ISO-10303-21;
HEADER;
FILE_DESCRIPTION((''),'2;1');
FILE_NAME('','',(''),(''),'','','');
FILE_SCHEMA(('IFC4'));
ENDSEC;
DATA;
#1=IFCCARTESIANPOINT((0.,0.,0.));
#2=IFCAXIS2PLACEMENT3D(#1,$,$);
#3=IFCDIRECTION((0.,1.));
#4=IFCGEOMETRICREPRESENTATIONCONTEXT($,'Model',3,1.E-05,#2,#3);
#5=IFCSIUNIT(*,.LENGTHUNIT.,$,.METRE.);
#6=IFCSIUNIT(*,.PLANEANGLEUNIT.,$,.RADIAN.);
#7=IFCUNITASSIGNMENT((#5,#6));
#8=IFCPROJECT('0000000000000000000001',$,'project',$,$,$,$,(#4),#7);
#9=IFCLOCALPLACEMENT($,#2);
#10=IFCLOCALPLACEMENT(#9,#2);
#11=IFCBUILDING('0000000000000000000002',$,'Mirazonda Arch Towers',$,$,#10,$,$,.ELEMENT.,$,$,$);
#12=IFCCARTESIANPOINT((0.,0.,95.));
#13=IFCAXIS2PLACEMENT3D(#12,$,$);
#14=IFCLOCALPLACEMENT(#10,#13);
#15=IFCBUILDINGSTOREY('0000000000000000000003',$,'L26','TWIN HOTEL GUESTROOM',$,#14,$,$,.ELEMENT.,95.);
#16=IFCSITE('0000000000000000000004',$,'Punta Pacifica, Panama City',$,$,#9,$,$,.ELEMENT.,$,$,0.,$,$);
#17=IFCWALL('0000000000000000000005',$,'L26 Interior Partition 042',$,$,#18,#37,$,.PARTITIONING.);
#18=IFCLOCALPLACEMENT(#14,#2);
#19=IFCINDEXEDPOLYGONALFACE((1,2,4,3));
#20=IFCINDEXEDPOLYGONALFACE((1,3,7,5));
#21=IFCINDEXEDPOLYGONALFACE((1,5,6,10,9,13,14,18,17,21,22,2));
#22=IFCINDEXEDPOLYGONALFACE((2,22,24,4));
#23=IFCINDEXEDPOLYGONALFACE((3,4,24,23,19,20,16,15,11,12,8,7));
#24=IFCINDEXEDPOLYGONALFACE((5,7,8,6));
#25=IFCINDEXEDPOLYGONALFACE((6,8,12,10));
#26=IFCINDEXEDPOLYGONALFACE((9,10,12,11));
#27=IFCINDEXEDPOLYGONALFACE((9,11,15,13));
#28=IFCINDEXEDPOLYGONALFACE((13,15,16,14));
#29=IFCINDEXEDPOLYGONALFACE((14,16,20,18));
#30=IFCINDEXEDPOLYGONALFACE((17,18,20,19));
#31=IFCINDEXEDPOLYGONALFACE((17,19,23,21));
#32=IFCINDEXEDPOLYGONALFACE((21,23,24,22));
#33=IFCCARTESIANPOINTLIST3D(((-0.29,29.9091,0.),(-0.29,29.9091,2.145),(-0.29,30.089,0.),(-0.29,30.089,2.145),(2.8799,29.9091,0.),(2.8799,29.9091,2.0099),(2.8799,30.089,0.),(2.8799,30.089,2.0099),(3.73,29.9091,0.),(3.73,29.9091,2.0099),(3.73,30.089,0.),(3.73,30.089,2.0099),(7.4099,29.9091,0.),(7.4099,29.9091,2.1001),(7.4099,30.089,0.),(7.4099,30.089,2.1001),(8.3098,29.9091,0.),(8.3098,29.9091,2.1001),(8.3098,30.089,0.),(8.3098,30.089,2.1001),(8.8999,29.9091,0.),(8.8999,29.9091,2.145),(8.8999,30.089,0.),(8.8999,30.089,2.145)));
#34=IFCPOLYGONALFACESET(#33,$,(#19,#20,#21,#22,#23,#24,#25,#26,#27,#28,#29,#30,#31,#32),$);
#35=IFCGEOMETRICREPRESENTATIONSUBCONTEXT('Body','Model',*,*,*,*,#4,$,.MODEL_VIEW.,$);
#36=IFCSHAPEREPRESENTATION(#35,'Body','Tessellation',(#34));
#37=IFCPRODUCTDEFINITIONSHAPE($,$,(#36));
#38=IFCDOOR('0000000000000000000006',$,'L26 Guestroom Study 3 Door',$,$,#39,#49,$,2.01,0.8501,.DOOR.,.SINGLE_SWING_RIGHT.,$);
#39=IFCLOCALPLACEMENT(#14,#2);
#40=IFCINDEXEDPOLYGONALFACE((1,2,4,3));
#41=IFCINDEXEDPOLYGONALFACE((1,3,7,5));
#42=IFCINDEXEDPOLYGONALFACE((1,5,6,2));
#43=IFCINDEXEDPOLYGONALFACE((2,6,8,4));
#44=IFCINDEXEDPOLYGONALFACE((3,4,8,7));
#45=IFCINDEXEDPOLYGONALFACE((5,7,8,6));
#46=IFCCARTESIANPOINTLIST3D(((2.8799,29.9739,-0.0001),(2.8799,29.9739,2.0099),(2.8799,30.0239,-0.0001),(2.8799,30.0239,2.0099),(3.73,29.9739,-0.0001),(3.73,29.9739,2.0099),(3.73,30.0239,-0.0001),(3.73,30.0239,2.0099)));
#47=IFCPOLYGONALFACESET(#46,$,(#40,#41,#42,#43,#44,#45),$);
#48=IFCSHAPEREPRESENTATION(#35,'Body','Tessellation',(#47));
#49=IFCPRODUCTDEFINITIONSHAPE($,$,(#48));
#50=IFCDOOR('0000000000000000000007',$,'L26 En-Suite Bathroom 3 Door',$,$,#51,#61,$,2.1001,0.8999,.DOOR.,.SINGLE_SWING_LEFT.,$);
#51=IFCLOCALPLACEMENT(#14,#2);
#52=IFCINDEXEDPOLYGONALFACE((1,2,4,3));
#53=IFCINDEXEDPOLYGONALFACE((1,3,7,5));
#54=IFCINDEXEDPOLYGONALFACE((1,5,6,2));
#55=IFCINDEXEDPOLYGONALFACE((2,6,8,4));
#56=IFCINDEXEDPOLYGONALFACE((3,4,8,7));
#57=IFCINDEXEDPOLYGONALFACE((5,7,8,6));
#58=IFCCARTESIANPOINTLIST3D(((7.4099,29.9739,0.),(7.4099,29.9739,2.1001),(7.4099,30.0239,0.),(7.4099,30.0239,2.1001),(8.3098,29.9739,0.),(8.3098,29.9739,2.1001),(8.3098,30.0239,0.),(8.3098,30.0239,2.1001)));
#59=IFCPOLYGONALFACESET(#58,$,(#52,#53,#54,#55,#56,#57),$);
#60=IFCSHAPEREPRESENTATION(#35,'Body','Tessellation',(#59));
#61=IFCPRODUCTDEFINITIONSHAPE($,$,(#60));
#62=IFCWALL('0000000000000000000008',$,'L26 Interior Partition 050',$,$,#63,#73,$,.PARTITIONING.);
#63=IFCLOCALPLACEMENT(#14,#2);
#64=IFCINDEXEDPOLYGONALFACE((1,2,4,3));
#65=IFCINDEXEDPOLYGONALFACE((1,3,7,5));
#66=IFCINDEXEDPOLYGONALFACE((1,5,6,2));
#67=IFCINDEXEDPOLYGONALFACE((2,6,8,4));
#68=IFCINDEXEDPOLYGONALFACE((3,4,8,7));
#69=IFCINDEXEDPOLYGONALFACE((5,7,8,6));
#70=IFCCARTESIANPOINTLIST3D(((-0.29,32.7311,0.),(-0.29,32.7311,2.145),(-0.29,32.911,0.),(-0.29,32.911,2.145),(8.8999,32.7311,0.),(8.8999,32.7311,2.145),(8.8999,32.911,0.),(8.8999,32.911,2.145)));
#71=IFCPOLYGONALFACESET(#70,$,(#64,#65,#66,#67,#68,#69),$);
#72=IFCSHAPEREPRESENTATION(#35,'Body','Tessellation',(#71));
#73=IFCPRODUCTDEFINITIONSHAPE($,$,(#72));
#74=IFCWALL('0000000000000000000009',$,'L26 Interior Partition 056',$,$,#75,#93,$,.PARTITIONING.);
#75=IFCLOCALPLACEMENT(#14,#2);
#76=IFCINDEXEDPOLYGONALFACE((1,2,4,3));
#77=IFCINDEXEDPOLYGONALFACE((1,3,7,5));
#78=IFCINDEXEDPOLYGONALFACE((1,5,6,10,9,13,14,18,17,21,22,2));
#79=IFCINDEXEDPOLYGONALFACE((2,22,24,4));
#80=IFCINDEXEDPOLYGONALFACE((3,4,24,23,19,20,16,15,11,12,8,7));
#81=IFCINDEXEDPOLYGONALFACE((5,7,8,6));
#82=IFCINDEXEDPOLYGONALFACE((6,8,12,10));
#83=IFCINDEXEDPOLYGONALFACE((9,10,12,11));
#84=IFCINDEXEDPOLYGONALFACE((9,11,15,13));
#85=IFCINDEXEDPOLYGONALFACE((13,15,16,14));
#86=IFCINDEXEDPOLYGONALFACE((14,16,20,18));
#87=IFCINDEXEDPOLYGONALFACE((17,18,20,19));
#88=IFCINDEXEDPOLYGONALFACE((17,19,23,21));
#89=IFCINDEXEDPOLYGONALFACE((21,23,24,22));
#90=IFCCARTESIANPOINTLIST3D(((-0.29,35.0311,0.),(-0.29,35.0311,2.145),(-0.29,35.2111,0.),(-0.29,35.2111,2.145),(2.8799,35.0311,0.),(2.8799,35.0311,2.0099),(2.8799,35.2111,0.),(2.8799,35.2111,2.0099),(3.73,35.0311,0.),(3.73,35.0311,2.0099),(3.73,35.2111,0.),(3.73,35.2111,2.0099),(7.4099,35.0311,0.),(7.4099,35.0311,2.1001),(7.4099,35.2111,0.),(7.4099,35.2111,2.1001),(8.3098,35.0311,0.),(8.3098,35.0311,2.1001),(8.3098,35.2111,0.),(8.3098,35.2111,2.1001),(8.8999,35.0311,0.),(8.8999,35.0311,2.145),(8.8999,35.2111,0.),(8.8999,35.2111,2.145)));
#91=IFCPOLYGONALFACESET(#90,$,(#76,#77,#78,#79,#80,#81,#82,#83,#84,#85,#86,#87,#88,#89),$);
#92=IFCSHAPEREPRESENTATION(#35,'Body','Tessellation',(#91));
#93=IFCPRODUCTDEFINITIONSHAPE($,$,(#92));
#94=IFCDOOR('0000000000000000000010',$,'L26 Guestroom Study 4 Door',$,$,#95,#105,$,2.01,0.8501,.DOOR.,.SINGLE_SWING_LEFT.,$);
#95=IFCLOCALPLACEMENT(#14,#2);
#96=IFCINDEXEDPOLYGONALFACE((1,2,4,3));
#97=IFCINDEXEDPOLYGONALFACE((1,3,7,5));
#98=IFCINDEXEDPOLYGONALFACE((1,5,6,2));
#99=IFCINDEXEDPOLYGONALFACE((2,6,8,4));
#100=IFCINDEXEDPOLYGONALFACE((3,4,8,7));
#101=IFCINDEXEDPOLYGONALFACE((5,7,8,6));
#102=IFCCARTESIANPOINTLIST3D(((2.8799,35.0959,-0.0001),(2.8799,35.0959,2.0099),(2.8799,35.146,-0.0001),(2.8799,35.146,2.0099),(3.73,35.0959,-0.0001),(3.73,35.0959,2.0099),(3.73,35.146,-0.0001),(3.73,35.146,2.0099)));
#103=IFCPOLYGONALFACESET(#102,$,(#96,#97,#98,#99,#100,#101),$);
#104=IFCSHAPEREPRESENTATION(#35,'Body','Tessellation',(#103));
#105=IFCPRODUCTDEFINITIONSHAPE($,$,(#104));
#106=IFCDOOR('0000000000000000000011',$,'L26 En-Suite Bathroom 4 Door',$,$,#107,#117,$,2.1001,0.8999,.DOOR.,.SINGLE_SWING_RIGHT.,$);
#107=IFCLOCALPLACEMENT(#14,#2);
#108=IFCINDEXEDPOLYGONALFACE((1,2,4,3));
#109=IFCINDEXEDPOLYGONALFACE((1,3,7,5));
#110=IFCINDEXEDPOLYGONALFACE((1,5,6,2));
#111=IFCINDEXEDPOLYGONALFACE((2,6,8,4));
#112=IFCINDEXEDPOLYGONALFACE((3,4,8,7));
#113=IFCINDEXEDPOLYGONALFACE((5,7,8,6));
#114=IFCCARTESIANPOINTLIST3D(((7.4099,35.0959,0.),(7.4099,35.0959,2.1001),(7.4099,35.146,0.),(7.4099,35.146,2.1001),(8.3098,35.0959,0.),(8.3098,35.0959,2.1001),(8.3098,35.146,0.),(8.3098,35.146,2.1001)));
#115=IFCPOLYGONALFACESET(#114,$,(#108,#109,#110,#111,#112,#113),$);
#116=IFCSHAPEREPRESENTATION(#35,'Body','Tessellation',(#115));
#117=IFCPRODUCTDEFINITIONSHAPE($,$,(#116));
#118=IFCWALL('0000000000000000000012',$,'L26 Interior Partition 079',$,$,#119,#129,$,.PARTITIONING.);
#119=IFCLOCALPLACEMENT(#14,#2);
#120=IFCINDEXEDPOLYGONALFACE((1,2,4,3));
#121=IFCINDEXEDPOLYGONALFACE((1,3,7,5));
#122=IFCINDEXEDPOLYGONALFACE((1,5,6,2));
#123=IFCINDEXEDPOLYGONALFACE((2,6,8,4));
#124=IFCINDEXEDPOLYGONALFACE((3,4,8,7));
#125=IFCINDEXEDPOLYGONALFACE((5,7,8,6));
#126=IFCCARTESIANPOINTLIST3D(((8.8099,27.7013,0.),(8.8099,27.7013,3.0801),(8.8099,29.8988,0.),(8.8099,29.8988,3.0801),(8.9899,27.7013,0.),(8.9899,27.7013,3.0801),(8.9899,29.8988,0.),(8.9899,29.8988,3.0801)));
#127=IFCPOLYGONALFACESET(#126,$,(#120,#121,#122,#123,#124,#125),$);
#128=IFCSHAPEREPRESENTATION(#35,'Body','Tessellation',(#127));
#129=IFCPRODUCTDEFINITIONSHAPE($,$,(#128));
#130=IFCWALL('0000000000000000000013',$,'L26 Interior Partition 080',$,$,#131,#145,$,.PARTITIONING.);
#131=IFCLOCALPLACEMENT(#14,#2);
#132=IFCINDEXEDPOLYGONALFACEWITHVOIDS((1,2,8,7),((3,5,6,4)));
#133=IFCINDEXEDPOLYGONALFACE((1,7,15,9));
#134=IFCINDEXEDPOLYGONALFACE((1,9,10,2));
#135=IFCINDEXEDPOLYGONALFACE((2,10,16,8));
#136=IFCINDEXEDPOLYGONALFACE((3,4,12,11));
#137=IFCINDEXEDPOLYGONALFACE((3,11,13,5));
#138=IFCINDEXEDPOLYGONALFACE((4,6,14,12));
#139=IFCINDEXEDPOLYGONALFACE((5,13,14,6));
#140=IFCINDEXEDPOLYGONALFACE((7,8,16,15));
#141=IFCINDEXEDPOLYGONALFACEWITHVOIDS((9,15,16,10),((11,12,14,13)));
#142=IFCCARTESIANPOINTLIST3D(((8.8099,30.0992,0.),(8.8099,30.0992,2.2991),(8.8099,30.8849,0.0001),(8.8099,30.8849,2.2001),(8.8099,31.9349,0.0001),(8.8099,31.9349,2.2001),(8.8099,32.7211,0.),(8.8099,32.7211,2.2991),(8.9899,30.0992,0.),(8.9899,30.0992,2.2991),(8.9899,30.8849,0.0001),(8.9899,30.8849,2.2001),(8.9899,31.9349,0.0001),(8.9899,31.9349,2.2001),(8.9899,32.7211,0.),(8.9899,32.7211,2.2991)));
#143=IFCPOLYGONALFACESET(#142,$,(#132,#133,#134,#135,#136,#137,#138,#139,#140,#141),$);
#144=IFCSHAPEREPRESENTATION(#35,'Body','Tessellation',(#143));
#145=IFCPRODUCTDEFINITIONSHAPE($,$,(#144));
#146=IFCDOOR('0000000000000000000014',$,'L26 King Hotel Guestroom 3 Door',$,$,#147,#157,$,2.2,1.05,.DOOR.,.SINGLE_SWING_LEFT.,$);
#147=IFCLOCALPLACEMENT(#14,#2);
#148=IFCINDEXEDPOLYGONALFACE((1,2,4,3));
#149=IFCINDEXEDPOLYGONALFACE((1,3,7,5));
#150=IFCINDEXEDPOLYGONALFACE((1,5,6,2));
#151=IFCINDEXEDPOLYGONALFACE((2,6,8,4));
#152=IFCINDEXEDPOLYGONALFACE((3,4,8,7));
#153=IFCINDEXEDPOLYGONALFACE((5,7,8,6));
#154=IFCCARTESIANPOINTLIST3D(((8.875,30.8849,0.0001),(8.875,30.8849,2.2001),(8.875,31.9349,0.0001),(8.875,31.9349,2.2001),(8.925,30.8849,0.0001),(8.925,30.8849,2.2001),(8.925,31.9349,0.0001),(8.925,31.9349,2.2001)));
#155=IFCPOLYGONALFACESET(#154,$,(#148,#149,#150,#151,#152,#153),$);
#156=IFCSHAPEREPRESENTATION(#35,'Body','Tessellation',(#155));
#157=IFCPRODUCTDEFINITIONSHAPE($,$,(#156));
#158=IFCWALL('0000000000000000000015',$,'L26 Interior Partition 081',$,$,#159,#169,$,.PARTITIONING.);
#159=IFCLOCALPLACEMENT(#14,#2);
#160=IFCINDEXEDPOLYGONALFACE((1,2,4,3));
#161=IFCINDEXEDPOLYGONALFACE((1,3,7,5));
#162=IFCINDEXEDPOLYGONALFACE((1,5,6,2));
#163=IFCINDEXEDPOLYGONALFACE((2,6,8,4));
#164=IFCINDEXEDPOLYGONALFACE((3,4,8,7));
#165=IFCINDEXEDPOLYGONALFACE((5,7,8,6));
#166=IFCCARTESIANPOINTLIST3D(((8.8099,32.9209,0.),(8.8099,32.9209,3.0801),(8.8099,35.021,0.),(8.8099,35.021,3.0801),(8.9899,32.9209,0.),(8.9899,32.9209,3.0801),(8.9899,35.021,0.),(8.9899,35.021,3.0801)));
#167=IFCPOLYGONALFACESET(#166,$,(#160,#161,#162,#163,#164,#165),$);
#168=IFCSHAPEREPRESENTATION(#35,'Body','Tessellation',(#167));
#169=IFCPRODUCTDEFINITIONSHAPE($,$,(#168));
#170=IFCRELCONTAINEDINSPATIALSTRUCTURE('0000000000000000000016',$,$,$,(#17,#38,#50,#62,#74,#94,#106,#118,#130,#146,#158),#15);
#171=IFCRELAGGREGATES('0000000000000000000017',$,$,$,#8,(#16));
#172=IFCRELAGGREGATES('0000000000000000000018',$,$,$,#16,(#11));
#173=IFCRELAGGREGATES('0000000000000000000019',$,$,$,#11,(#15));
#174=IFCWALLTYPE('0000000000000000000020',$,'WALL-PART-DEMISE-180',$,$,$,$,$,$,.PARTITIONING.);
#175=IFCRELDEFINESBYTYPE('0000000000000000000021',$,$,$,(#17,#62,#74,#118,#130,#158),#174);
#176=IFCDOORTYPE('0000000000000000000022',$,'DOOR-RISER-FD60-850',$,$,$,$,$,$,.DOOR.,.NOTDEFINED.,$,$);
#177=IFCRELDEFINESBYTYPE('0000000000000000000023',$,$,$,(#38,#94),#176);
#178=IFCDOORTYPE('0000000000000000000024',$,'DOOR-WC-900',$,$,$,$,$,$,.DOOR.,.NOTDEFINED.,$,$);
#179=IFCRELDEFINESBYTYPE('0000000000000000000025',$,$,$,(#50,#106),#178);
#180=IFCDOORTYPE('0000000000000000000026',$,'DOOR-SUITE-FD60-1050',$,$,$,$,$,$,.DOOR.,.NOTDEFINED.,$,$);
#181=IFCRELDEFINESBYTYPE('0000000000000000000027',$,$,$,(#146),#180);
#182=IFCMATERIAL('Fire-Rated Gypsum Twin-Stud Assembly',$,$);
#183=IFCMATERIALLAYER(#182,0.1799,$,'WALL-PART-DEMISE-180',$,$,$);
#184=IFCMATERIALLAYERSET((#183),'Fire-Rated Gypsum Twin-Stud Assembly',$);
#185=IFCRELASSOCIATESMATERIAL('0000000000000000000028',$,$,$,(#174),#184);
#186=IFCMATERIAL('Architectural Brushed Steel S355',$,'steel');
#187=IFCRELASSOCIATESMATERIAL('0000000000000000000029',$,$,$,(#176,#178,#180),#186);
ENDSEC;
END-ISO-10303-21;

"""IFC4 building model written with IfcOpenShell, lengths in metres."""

from ifc_helpers import new_model, si_unit, direction, frame, frame_2d, origin, place, context, subcontext, project, spatial, rectangle, extrude, material, layer, layer_set, type_object, element, fill, save


model = new_model("IFC4")

# Units and contexts
model_context = context("Model", 3, precision=1e-05, world=origin(), true_north=direction((0.0, 1.0)))
body_context = subcontext(model_context, "Body", "Model", "MODEL_VIEW")
ifc_project = project(units=[si_unit("LENGTHUNIT", "METRE"), si_unit("PLANEANGLEUNIT", "RADIAN")], contexts=[model_context])

# Site, building, storey
site_placement = place(None, origin())
site = spatial("IfcSite", under=ifc_project, at=site_placement, Name="Punta Pacifica, Panama City", CompositionType="ELEMENT", RefElevation=0.0)
building_placement = place(site_placement, origin())
building = spatial("IfcBuilding", under=site, at=building_placement, Name="Mirazonda Arch Towers", CompositionType="ELEMENT")
storey_placement = place(building_placement, frame((0.0, 0.0, 95.0)))
storey = spatial("IfcBuildingStorey", under=building, at=storey_placement, Name="L26", Description="TWIN HOTEL GUESTROOM", CompositionType="ELEMENT", Elevation=95.0)

# Wall, openings, doors
ifc_material_1 = material(Name="Fire-Rated Gypsum Twin-Stud Assembly")
ifc_layer_1 = layer(ifc_material_1, 0.1799, Name="WALL-PART-DEMISE-180")
ifc_layer_set_1 = layer_set([ifc_layer_1], Name="Fire-Rated Gypsum Twin-Stud Assembly")
wall_type_1 = type_object("IfcWallType", Name="WALL-PART-DEMISE-180", PredefinedType="PARTITIONING", material=ifc_layer_set_1)
wall_1_placement = place(storey_placement, frame((-0.29, 29.999, 0.0), z_axis=(0.0, 0.0, 1.0), x_axis=(1.0, 0.0, 0.0)))
wall_1 = element("IfcWall", 1, at=wall_1_placement, inside=storey, type_object=wall_type_1, Name="L26 Interior Partition 042", PredefinedType="PARTITIONING", context=body_context, shape_type="SweptSolid", body=[
    extrude(rectangle(XDim=9.1899, YDim=0.1799, at=frame_2d((4.595, 0.0))), origin(), (0.0, 0.0, 1.0), 2.145),
])
opening_1_placement = place(wall_1_placement, frame((3.1699, 0.0, 0.0)))
opening_1 = element("IfcOpeningElement", 2, at=opening_1_placement, cuts=wall_1, PredefinedType="OPENING", context=body_context, shape_type="SweptSolid", body=[
    extrude(rectangle(XDim=0.8501, YDim=2.01, at=frame_2d((0.425, 1.0049))), frame((0.0, 0.0999, 0.0), z_axis=(0.0, -1.0, 0.0), x_axis=(1.0, 0.0, 0.0)), (0.0, 0.0, 1.0), 0.2),
])
opening_2_placement = place(wall_1_placement, frame((7.7, 0.0, 0.0)))
opening_2 = element("IfcOpeningElement", 3, at=opening_2_placement, cuts=wall_1, PredefinedType="OPENING", context=body_context, shape_type="SweptSolid", body=[
    extrude(rectangle(XDim=0.8999, YDim=2.1001, at=frame_2d((0.45, 1.05))), frame((0.0, 0.0999, 0.0), z_axis=(0.0, -1.0, 0.0), x_axis=(1.0, 0.0, 0.0)), (0.0, 0.0, 1.0), 0.2),
])
ifc_material_2 = material(Name="Architectural Brushed Steel S355", Category="steel")
door_type_1 = type_object("IfcDoorType", Name="DOOR-RISER-FD60-850", OperationType="NOTDEFINED", PredefinedType="DOOR", material=ifc_material_2)
door_1_placement = place(opening_1_placement, origin())
door_1 = element("IfcDoor", 4, at=door_1_placement, inside=storey, type_object=door_type_1, Name="L26 Guestroom Study 3 Door", OperationType="SINGLE_SWING_RIGHT", OverallHeight=2.01, OverallWidth=0.8501, PredefinedType="DOOR", context=body_context, shape_type="SweptSolid", body=[
    extrude(rectangle(XDim=0.8501, YDim=2.01, at=frame_2d((0.425, 1.0049))), frame((0.0, 0.0249, 0.0), z_axis=(0.0, -1.0, 0.0), x_axis=(1.0, 0.0, 0.0)), (0.0, 0.0, 1.0), 0.05),
])
fill(opening_1, door_1)
door_type_2 = type_object("IfcDoorType", Name="DOOR-WC-900", OperationType="NOTDEFINED", PredefinedType="DOOR", material=ifc_material_2)
door_2_placement = place(opening_2_placement, origin())
door_2 = element("IfcDoor", 5, at=door_2_placement, inside=storey, type_object=door_type_2, Name="L26 En-Suite Bathroom 3 Door", OperationType="SINGLE_SWING_LEFT", OverallHeight=2.1001, OverallWidth=0.8999, PredefinedType="DOOR", context=body_context, shape_type="SweptSolid", body=[
    extrude(rectangle(XDim=0.8999, YDim=2.1001, at=frame_2d((0.45, 1.05))), frame((0.0, 0.0249, 0.0), z_axis=(0.0, -1.0, 0.0), x_axis=(1.0, 0.0, 0.0)), (0.0, 0.0, 1.0), 0.05),
])
fill(opening_2, door_2)

# Wall
wall_2_placement = place(storey_placement, frame((-0.29, 32.821, 0.0), z_axis=(0.0, 0.0, 1.0), x_axis=(1.0, 0.0, 0.0)))
element("IfcWall", 6, at=wall_2_placement, inside=storey, type_object=wall_type_1, Name="L26 Interior Partition 050", PredefinedType="PARTITIONING", context=body_context, shape_type="SweptSolid", body=[
    extrude(rectangle(XDim=9.1899, YDim=0.1799, at=frame_2d((4.595, 0.0))), origin(), (0.0, 0.0, 1.0), 2.145),
])

# Wall, openings, doors
wall_3_placement = place(storey_placement, frame((-0.29, 35.1211, 0.0), z_axis=(0.0, 0.0, 1.0), x_axis=(1.0, 0.0, 0.0)))
wall_3 = element("IfcWall", 7, at=wall_3_placement, inside=storey, type_object=wall_type_1, Name="L26 Interior Partition 056", PredefinedType="PARTITIONING", context=body_context, shape_type="SweptSolid", body=[
    extrude(rectangle(XDim=9.1899, YDim=0.1799, at=frame_2d((4.595, 0.0))), origin(), (0.0, 0.0, 1.0), 2.145),
])
opening_3_placement = place(wall_3_placement, frame((3.1699, 0.0, 0.0)))
opening_3 = element("IfcOpeningElement", 8, at=opening_3_placement, cuts=wall_3, PredefinedType="OPENING", context=body_context, shape_type="SweptSolid", body=[
    extrude(rectangle(XDim=0.8501, YDim=2.01, at=frame_2d((0.425, 1.0049))), frame((0.0, 0.0999, 0.0), z_axis=(0.0, -1.0, 0.0), x_axis=(1.0, 0.0, 0.0)), (0.0, 0.0, 1.0), 0.2),
])
opening_4_placement = place(wall_3_placement, frame((7.7, 0.0, 0.0)))
opening_4 = element("IfcOpeningElement", 9, at=opening_4_placement, cuts=wall_3, PredefinedType="OPENING", context=body_context, shape_type="SweptSolid", body=[
    extrude(rectangle(XDim=0.8999, YDim=2.1001, at=frame_2d((0.45, 1.05))), frame((0.0, 0.0999, 0.0), z_axis=(0.0, -1.0, 0.0), x_axis=(1.0, 0.0, 0.0)), (0.0, 0.0, 1.0), 0.2),
])
door_3_placement = place(opening_3_placement, origin())
door_3 = element("IfcDoor", 10, at=door_3_placement, inside=storey, type_object=door_type_1, Name="L26 Guestroom Study 4 Door", OperationType="SINGLE_SWING_LEFT", OverallHeight=2.01, OverallWidth=0.8501, PredefinedType="DOOR", context=body_context, shape_type="SweptSolid", body=[
    extrude(rectangle(XDim=0.8501, YDim=2.01, at=frame_2d((0.425, 1.0049))), frame((0.0, 0.0249, 0.0), z_axis=(0.0, -1.0, 0.0), x_axis=(1.0, 0.0, 0.0)), (0.0, 0.0, 1.0), 0.05),
])
fill(opening_3, door_3)
door_4_placement = place(opening_4_placement, origin())
door_4 = element("IfcDoor", 11, at=door_4_placement, inside=storey, type_object=door_type_2, Name="L26 En-Suite Bathroom 4 Door", OperationType="SINGLE_SWING_RIGHT", OverallHeight=2.1001, OverallWidth=0.8999, PredefinedType="DOOR", context=body_context, shape_type="SweptSolid", body=[
    extrude(rectangle(XDim=0.8999, YDim=2.1001, at=frame_2d((0.45, 1.05))), frame((0.0, 0.0249, 0.0), z_axis=(0.0, -1.0, 0.0), x_axis=(1.0, 0.0, 0.0)), (0.0, 0.0, 1.0), 0.05),
])
fill(opening_4, door_4)

# Wall
wall_4_placement = place(storey_placement, frame((8.8999, 27.7014, 0.0), z_axis=(0.0, 0.0, 1.0), x_axis=(0.0, 1.0, 0.0)))
element("IfcWall", 12, at=wall_4_placement, inside=storey, type_object=wall_type_1, Name="L26 Interior Partition 079", PredefinedType="PARTITIONING", context=body_context, shape_type="SweptSolid", body=[
    extrude(rectangle(XDim=2.1975, YDim=0.1799, at=frame_2d((1.0986, 0.0))), origin(), (0.0, 0.0, 1.0), 3.0801),
])

# Wall, opening, door
wall_5_placement = place(storey_placement, frame((8.8999, 30.0991, 0.0), z_axis=(0.0, 0.0, 1.0), x_axis=(0.0, 1.0, 0.0)))
wall_5 = element("IfcWall", 13, at=wall_5_placement, inside=storey, type_object=wall_type_1, Name="L26 Interior Partition 080", PredefinedType="PARTITIONING", context=body_context, shape_type="SweptSolid", body=[
    extrude(rectangle(XDim=2.6218, YDim=0.1799, at=frame_2d((1.311, 0.0))), origin(), (0.0, 0.0, 1.0), 2.2991),
])
opening_5_placement = place(wall_5_placement, frame((0.7859, 0.0, 0.0)))
opening_5 = element("IfcOpeningElement", 14, at=opening_5_placement, cuts=wall_5, PredefinedType="OPENING", context=body_context, shape_type="SweptSolid", body=[
    extrude(rectangle(XDim=1.05, YDim=2.2, at=frame_2d((0.5249, 1.1001))), frame((0.0, 0.0999, 0.0), z_axis=(0.0, -1.0, 0.0), x_axis=(1.0, 0.0, 0.0)), (0.0, 0.0, 1.0), 0.2),
])
door_type_3 = type_object("IfcDoorType", Name="DOOR-SUITE-FD60-1050", OperationType="NOTDEFINED", PredefinedType="DOOR", material=ifc_material_2)
door_5_placement = place(opening_5_placement, origin())
door_5 = element("IfcDoor", 15, at=door_5_placement, inside=storey, type_object=door_type_3, Name="L26 King Hotel Guestroom 3 Door", OperationType="SINGLE_SWING_LEFT", OverallHeight=2.2, OverallWidth=1.05, PredefinedType="DOOR", context=body_context, shape_type="SweptSolid", body=[
    extrude(rectangle(XDim=1.05, YDim=2.2, at=frame_2d((0.5249, 1.1001))), frame((0.0, 0.0249, 0.0), z_axis=(0.0, -1.0, 0.0), x_axis=(1.0, 0.0, 0.0)), (0.0, 0.0, 1.0), 0.05),
])
fill(opening_5, door_5)

# Wall
wall_6_placement = place(storey_placement, frame((8.8999, 32.9209, 0.0), z_axis=(0.0, 0.0, 1.0), x_axis=(0.0, 1.0, 0.0)))
element("IfcWall", 16, at=wall_6_placement, inside=storey, type_object=wall_type_1, Name="L26 Interior Partition 081", PredefinedType="PARTITIONING", context=body_context, shape_type="SweptSolid", body=[
    extrude(rectangle(XDim=2.1001, YDim=0.1799, at=frame_2d((1.05, 0.0))), origin(), (0.0, 0.0, 1.0), 3.0801),
])

save(model, "model.ifc")
